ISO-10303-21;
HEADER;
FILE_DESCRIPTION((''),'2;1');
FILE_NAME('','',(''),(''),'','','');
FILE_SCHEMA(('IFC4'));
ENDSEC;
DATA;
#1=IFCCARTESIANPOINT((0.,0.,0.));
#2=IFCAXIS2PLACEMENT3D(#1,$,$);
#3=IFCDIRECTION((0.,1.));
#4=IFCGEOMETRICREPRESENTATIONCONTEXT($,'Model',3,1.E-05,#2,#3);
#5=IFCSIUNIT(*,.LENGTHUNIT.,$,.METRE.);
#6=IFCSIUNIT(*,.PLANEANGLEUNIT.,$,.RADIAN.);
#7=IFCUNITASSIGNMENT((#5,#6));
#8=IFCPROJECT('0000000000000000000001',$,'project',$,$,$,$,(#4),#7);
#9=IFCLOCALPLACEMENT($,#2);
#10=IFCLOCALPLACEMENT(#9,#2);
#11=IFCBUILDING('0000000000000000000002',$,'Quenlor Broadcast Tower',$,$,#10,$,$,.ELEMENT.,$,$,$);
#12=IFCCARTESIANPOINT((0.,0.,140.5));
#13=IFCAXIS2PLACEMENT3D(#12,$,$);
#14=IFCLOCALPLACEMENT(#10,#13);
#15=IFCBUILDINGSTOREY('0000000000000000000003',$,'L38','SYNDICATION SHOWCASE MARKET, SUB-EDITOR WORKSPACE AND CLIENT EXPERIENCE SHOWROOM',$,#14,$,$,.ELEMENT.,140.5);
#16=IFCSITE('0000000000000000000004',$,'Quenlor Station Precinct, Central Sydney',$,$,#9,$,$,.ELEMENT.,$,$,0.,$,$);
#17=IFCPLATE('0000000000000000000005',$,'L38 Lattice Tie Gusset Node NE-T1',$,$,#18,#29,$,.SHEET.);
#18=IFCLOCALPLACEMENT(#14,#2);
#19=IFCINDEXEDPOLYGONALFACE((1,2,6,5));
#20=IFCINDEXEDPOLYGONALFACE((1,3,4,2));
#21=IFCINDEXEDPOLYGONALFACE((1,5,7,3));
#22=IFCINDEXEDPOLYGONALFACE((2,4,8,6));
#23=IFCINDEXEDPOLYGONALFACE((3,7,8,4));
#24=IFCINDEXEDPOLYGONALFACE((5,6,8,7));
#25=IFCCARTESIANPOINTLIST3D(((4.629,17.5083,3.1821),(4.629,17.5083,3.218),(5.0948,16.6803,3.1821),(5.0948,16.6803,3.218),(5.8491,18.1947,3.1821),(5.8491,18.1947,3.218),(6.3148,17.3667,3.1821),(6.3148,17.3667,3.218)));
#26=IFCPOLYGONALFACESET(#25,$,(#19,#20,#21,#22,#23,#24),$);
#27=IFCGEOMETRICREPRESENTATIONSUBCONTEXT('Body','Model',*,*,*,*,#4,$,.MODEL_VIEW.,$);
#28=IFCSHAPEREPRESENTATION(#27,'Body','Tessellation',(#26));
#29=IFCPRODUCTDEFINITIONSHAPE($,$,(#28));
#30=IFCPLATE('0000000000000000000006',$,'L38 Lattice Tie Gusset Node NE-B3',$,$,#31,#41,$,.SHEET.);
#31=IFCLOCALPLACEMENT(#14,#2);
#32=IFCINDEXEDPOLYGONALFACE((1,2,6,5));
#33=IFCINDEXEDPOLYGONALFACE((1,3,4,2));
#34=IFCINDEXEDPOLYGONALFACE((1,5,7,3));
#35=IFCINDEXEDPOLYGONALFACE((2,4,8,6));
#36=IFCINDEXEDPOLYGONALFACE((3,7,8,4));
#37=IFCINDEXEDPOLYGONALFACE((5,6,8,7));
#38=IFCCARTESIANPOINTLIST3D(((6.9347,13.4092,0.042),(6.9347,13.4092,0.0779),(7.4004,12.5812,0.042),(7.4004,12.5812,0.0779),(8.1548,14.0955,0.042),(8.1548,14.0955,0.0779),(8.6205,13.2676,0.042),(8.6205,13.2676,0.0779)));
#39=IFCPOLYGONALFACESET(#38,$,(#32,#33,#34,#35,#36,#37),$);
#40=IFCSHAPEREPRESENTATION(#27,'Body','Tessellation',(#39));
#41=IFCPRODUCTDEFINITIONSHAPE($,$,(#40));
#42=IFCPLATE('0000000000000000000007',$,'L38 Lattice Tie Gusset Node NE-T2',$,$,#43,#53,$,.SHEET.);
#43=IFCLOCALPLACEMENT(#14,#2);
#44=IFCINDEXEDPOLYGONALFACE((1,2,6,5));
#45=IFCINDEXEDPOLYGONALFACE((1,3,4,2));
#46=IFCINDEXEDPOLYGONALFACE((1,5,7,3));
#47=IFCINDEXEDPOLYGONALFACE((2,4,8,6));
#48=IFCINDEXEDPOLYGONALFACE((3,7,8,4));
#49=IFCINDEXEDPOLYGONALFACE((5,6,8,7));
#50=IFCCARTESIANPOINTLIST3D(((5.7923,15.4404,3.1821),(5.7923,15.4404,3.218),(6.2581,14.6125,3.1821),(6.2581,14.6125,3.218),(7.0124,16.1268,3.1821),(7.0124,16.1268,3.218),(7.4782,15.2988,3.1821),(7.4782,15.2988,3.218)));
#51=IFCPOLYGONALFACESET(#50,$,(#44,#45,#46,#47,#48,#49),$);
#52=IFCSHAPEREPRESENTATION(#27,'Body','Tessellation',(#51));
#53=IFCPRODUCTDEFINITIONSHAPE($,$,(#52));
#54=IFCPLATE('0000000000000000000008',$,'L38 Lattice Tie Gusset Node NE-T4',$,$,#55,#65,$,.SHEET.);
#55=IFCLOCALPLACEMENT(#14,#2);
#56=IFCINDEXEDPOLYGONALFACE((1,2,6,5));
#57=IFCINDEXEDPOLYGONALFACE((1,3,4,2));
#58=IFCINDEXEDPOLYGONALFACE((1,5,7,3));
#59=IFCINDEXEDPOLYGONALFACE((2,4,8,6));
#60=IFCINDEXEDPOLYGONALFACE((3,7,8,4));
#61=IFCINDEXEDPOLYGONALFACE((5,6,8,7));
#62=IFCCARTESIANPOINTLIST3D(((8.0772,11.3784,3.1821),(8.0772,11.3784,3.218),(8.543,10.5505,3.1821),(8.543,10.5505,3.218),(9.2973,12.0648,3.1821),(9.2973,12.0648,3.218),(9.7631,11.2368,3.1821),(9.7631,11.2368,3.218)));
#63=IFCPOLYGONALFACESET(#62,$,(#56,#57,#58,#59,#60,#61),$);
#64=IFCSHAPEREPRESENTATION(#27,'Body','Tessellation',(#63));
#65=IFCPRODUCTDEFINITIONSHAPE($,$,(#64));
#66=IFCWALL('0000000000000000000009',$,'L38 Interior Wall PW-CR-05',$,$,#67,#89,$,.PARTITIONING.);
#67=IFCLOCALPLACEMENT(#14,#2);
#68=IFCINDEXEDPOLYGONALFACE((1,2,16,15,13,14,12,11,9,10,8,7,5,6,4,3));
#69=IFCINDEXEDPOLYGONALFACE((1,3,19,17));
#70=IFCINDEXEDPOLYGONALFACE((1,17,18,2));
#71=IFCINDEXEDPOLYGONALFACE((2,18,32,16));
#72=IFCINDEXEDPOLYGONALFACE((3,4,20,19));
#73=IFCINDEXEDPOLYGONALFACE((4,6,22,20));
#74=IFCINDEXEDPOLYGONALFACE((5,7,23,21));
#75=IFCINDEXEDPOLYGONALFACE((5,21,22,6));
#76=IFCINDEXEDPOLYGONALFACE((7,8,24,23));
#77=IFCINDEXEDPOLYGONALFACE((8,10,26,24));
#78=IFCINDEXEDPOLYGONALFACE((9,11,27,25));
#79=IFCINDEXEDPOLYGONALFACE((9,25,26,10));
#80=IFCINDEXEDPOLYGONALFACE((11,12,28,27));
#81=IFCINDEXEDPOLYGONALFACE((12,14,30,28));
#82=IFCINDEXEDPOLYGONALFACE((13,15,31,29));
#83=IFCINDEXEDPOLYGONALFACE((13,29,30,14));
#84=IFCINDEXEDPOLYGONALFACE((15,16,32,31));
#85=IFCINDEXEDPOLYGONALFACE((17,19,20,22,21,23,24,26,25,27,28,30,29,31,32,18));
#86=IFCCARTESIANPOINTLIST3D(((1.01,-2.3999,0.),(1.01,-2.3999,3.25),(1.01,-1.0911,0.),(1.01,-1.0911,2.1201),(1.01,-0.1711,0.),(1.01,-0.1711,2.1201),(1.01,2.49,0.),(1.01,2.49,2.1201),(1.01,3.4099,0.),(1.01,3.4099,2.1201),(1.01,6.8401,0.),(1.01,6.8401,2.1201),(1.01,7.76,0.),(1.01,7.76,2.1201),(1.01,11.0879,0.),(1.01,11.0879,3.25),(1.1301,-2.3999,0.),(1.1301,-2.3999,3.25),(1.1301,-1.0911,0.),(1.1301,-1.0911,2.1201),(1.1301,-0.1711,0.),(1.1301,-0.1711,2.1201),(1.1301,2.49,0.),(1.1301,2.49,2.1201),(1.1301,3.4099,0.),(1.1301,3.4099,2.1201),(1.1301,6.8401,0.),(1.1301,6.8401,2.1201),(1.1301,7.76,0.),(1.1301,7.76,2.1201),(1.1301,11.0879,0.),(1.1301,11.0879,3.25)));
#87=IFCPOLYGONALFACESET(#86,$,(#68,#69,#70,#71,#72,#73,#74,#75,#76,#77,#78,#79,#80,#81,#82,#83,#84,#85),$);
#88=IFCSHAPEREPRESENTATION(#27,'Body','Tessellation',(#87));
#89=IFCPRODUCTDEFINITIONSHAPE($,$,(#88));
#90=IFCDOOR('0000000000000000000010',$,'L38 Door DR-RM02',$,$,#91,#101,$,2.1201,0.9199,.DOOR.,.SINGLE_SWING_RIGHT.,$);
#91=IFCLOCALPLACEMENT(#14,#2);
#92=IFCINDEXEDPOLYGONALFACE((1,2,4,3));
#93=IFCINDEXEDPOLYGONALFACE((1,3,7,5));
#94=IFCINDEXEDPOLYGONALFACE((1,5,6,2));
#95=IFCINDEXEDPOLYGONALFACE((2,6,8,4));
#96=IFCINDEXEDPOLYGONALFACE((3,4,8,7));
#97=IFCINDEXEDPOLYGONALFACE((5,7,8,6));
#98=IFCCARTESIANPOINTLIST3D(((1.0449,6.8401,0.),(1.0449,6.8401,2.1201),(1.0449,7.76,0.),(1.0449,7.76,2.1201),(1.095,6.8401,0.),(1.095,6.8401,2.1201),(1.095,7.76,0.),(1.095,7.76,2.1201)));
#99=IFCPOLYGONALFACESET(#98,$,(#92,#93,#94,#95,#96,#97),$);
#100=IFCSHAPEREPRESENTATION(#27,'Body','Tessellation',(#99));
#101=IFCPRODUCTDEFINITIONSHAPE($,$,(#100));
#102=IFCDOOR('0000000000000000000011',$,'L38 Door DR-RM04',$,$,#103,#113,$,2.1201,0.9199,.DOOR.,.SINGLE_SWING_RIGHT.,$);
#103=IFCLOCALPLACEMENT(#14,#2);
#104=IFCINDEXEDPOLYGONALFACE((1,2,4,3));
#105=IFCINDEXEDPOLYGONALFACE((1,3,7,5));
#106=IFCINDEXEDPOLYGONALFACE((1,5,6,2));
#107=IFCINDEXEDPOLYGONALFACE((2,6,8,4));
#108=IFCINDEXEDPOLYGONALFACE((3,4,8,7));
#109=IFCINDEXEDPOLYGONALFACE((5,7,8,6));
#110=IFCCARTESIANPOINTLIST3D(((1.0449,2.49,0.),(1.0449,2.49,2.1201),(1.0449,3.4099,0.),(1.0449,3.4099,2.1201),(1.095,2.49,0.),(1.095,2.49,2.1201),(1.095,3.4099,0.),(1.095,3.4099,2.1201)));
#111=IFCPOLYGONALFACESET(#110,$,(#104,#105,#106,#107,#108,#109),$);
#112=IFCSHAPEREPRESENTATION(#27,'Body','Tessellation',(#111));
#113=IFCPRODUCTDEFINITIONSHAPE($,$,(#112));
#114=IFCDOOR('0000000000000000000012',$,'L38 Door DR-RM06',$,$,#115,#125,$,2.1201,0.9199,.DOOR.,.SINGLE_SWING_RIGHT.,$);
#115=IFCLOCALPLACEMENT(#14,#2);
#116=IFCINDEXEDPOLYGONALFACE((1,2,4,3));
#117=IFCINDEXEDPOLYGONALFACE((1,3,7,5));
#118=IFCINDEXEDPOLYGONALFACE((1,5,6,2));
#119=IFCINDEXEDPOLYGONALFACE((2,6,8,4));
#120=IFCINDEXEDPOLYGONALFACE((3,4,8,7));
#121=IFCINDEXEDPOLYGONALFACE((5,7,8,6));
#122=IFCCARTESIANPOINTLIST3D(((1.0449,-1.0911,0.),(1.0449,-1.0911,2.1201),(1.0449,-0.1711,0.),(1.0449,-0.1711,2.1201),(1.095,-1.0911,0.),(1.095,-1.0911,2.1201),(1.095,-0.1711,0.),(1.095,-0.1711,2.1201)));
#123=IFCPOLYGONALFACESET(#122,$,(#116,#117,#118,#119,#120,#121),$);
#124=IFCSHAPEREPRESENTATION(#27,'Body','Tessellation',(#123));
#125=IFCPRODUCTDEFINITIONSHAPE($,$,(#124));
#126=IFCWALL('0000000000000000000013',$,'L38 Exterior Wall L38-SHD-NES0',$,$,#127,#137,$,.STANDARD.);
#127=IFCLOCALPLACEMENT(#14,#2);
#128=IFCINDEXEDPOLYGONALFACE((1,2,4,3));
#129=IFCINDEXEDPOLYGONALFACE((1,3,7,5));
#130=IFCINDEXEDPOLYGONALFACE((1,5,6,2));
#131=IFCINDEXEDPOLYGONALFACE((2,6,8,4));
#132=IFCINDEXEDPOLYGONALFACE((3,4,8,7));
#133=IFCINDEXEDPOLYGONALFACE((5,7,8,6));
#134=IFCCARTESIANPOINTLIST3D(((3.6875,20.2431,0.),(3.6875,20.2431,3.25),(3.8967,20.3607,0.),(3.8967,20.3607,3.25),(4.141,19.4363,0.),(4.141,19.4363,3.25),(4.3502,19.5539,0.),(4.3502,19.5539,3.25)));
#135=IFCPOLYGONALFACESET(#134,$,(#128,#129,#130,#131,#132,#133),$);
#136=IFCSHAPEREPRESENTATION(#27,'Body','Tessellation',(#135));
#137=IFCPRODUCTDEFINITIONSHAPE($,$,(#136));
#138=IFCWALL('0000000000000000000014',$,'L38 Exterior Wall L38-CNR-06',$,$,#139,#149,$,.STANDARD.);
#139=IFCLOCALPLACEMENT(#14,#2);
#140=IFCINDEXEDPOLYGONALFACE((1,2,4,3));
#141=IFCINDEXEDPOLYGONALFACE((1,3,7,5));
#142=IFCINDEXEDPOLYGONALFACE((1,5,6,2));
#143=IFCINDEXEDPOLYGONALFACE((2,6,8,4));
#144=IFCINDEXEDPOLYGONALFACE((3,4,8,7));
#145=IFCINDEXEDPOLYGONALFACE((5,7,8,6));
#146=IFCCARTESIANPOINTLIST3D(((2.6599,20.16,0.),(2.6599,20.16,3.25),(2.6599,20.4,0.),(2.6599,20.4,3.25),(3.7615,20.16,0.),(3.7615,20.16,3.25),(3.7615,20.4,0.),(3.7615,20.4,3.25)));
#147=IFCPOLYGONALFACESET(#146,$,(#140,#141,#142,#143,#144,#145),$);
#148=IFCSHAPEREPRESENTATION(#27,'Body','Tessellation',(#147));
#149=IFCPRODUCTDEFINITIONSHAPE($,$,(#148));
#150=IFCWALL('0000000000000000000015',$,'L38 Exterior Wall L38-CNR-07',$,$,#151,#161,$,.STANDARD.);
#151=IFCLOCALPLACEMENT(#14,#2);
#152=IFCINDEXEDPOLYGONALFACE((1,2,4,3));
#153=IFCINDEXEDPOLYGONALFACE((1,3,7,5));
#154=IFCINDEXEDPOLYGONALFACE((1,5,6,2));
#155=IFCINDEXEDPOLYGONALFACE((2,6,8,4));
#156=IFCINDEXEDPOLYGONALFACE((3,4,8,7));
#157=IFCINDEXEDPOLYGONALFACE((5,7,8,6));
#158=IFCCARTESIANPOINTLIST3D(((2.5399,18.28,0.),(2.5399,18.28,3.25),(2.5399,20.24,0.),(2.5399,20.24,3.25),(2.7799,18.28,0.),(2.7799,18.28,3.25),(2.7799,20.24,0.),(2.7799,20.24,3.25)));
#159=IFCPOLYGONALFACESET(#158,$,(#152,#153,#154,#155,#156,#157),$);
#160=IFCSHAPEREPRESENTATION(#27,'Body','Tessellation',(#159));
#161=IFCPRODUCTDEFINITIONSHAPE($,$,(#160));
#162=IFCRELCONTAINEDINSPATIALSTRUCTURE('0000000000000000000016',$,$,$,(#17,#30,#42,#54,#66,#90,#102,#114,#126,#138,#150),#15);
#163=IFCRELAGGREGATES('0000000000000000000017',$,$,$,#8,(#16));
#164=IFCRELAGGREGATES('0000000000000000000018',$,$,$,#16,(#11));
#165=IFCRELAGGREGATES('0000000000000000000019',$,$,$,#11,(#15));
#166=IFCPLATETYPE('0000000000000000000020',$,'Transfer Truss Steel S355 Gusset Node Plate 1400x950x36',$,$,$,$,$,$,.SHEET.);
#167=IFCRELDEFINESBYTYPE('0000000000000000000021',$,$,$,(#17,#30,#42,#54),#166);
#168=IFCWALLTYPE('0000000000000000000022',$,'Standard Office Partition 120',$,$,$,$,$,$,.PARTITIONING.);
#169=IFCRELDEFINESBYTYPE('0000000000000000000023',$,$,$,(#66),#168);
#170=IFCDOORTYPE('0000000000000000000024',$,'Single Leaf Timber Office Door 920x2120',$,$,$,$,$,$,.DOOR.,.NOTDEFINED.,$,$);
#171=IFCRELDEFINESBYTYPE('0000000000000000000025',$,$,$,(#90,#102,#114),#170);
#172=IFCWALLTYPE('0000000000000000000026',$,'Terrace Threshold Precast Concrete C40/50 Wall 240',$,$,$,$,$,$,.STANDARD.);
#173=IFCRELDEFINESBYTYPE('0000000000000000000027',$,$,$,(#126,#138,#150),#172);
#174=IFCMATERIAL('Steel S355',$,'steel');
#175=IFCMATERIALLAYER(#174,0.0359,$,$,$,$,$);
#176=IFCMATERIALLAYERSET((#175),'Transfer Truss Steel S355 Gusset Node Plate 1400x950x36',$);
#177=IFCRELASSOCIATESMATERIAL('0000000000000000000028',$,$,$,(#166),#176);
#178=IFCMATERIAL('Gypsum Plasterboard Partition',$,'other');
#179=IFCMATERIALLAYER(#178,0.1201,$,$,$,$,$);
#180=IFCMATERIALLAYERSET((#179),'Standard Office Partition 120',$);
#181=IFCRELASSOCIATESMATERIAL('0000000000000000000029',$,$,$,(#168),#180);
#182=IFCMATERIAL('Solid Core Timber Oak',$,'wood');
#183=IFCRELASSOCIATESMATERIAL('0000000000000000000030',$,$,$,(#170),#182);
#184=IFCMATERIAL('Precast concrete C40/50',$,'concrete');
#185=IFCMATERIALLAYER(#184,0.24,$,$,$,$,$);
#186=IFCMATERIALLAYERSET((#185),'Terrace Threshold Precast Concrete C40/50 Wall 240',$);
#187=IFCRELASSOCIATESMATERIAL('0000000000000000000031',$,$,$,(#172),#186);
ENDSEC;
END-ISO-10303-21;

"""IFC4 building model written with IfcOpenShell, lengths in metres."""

from ifc_helpers import new_model, si_unit, direction, frame, frame_2d, origin, origin_2d, place, context, subcontext, project, spatial, rectangle, extrude, material, layer, layer_set, type_object, element, fill, save


model = new_model("IFC4")

# Units and contexts
model_context = context("Model", 3, precision=1e-05, world=origin(), true_north=direction((0.0, 1.0)))
body_context = subcontext(model_context, "Body", "Model", "MODEL_VIEW")
ifc_project = project(units=[si_unit("LENGTHUNIT", "METRE"), si_unit("PLANEANGLEUNIT", "RADIAN")], contexts=[model_context])

# Site, building, storey
site_placement = place(None, origin())
site = spatial("IfcSite", under=ifc_project, at=site_placement, Name="Quenlor Station Precinct, Central Sydney", CompositionType="ELEMENT", RefElevation=0.0)
building_placement = place(site_placement, origin())
building = spatial("IfcBuilding", under=site, at=building_placement, Name="Quenlor Broadcast Tower", CompositionType="ELEMENT")
storey_placement = place(building_placement, frame((0.0, 0.0, 140.5)))
storey = spatial("IfcBuildingStorey", under=building, at=storey_placement, Name="L38", Description="SYNDICATION SHOWCASE MARKET, SUB-EDITOR WORKSPACE AND CLIENT EXPERIENCE SHOWROOM", CompositionType="ELEMENT", Elevation=140.5)

# Plates
ifc_material_1 = material(Name="Steel S355", Category="steel")
ifc_layer_1 = layer(ifc_material_1, 0.0359)
ifc_layer_set_1 = layer_set([ifc_layer_1], Name="Transfer Truss Steel S355 Gusset Node Plate 1400x950x36")
plate_type_1 = type_object("IfcPlateType", Name="Transfer Truss Steel S355 Gusset Node Plate 1400x950x36", PredefinedType="SHEET", material=ifc_layer_set_1)
for number, where, z_axis, x_axis, name in (
    (1, (5.4719, 17.4375, 3.1821), (0.0, 0.0, 1.0), (0.871556, 0.490295, 0.0), "L38 Lattice Tie Gusset Node NE-T1"),
    (2, (7.7776, 13.3384, 0.042), (0.0, 0.0, 1.0), (0.871556, 0.490295, 0.0), "L38 Lattice Tie Gusset Node NE-B3"),
    (3, (6.6353, 15.3696, 3.1821), (0.0, 0.0, 1.0), (0.871556, 0.490295, 0.0), "L38 Lattice Tie Gusset Node NE-T2"),
    (4, (8.9202, 11.3076, 3.1821), (0.0, 0.0, 1.0), (0.871556, 0.490295, 0.0), "L38 Lattice Tie Gusset Node NE-T4"),
):
    element("IfcPlate", number, at=place(storey_placement, frame(where, z_axis=z_axis, x_axis=x_axis)), inside=storey, type_object=plate_type_1, Name=name, PredefinedType="SHEET", context=body_context, shape_type="SweptSolid", body=[
        extrude(rectangle(XDim=1.3999, YDim=0.95, at=origin_2d()), origin(), (0.0, 0.0, 1.0), 0.0359),
    ])

# Wall, openings, doors
ifc_material_2 = material(Name="Gypsum Plasterboard Partition", Category="other")
ifc_layer_2 = layer(ifc_material_2, 0.1201)
ifc_layer_set_2 = layer_set([ifc_layer_2], Name="Standard Office Partition 120")
wall_type_1 = type_object("IfcWallType", Name="Standard Office Partition 120", PredefinedType="PARTITIONING", material=ifc_layer_set_2)
wall_1_placement = place(storey_placement, frame((1.0701, 11.0879, 0.0), z_axis=(0.0, 0.0, 1.0), x_axis=(0.0, -1.0, 0.0)))
wall_1 = element("IfcWall", 5, at=wall_1_placement, inside=storey, type_object=wall_type_1, Name="L38 Interior Wall PW-CR-05", PredefinedType="PARTITIONING", context=body_context, shape_type="SweptSolid", body=[
    extrude(rectangle(XDim=13.4878, YDim=0.1201, at=frame_2d((6.7439, 0.0))), origin(), (0.0, 0.0, 1.0), 3.25),
])
opening_1_placement = place(wall_1_placement, frame((3.3279, 0.0, 0.0)))
opening_1 = element("IfcOpeningElement", 6, at=opening_1_placement, cuts=wall_1, PredefinedType="OPENING", context=body_context, shape_type="SweptSolid", body=[
    extrude(rectangle(XDim=0.9199, YDim=2.1201, at=frame_2d((0.46, 1.0601))), frame((0.0, 0.0701, 0.0), z_axis=(0.0, -1.0, 0.0), x_axis=(1.0, 0.0, 0.0)), (0.0, 0.0, 1.0), 0.1401),
])
opening_2_placement = place(wall_1_placement, frame((7.678, 0.0, 0.0)))
opening_2 = element("IfcOpeningElement", 7, at=opening_2_placement, cuts=wall_1, PredefinedType="OPENING", context=body_context, shape_type="SweptSolid", body=[
    extrude(rectangle(XDim=0.9199, YDim=2.1201, at=frame_2d((0.46, 1.0601))), frame((0.0, 0.0701, 0.0), z_axis=(0.0, -1.0, 0.0), x_axis=(1.0, 0.0, 0.0)), (0.0, 0.0, 1.0), 0.1401),
])
opening_3_placement = place(wall_1_placement, frame((11.259, 0.0, 0.0)))
opening_3 = element("IfcOpeningElement", 8, at=opening_3_placement, cuts=wall_1, PredefinedType="OPENING", context=body_context, shape_type="SweptSolid", body=[
    extrude(rectangle(XDim=0.9199, YDim=2.1201, at=frame_2d((0.46, 1.0601))), frame((0.0, 0.0701, 0.0), z_axis=(0.0, -1.0, 0.0), x_axis=(1.0, 0.0, 0.0)), (0.0, 0.0, 1.0), 0.1401),
])
ifc_material_3 = material(Name="Solid Core Timber Oak", Category="wood")
door_type = type_object("IfcDoorType", Name="Single Leaf Timber Office Door 920x2120", OperationType="NOTDEFINED", PredefinedType="DOOR", material=ifc_material_3)
door_1_placement = place(opening_1_placement, origin())
door_1 = element("IfcDoor", 9, at=door_1_placement, inside=storey, type_object=door_type, Name="L38 Door DR-RM02", OperationType="SINGLE_SWING_RIGHT", OverallHeight=2.1201, OverallWidth=0.9199, PredefinedType="DOOR", context=body_context, shape_type="SweptSolid", body=[
    extrude(rectangle(XDim=0.9199, YDim=2.1201, at=frame_2d((0.46, 1.0601))), frame((0.0, 0.0249, 0.0), z_axis=(0.0, -1.0, 0.0), x_axis=(1.0, 0.0, 0.0)), (0.0, 0.0, 1.0), 0.05),
])
fill(opening_1, door_1)
door_2_placement = place(opening_2_placement, origin())
door_2 = element("IfcDoor", 10, at=door_2_placement, inside=storey, type_object=door_type, Name="L38 Door DR-RM04", OperationType="SINGLE_SWING_RIGHT", OverallHeight=2.1201, OverallWidth=0.9199, PredefinedType="DOOR", context=body_context, shape_type="SweptSolid", body=[
    extrude(rectangle(XDim=0.9199, YDim=2.1201, at=frame_2d((0.46, 1.0601))), frame((0.0, 0.0249, 0.0), z_axis=(0.0, -1.0, 0.0), x_axis=(1.0, 0.0, 0.0)), (0.0, 0.0, 1.0), 0.05),
])
fill(opening_2, door_2)
door_3_placement = place(opening_3_placement, origin())
door_3 = element("IfcDoor", 11, at=door_3_placement, inside=storey, type_object=door_type, Name="L38 Door DR-RM06", OperationType="SINGLE_SWING_RIGHT", OverallHeight=2.1201, OverallWidth=0.9199, PredefinedType="DOOR", context=body_context, shape_type="SweptSolid", body=[
    extrude(rectangle(XDim=0.9199, YDim=2.1201, at=frame_2d((0.46, 1.0601))), frame((0.0, 0.0249, 0.0), z_axis=(0.0, -1.0, 0.0), x_axis=(1.0, 0.0, 0.0)), (0.0, 0.0, 1.0), 0.05),
])
fill(opening_3, door_3)

# Walls
ifc_material_4 = material(Name="Precast concrete C40/50", Category="concrete")
ifc_layer_3 = layer(ifc_material_4, 0.24)
ifc_layer_set_3 = layer_set([ifc_layer_3], Name="Terrace Threshold Precast Concrete C40/50 Wall 240")
wall_type_2 = type_object("IfcWallType", Name="Terrace Threshold Precast Concrete C40/50 Wall 240", PredefinedType="STANDARD", material=ifc_layer_set_3)
wall_2_placement = place(storey_placement, frame((3.792, 20.302, 0.0), z_axis=(0.0, 0.0, 1.0), x_axis=(0.490048, -0.871695, 0.0)))
element("IfcWall", 12, at=wall_2_placement, inside=storey, type_object=wall_type_2, Name="L38 Exterior Wall L38-SHD-NES0", PredefinedType="STANDARD", context=body_context, shape_type="SweptSolid", body=[
    extrude(rectangle(XDim=0.9255, YDim=0.24, at=frame_2d((0.4629, 0.0))), origin(), (0.0, 0.0, 1.0), 3.25),
])
wall_3_placement = place(storey_placement, frame((3.7615, 20.28, 0.0), z_axis=(0.0, 0.0, 1.0), x_axis=(-1.0, 0.0, 0.0)))
element("IfcWall", 13, at=wall_3_placement, inside=storey, type_object=wall_type_2, Name="L38 Exterior Wall L38-CNR-06", PredefinedType="STANDARD", context=body_context, shape_type="SweptSolid", body=[
    extrude(rectangle(XDim=1.1016, YDim=0.24, at=frame_2d((0.5508, 0.0))), origin(), (0.0, 0.0, 1.0), 3.25),
])
wall_4_placement = place(storey_placement, frame((2.6599, 20.24, 0.0), z_axis=(0.0, 0.0, 1.0), x_axis=(0.0, -1.0, 0.0)))
element("IfcWall", 14, at=wall_4_placement, inside=storey, type_object=wall_type_2, Name="L38 Exterior Wall L38-CNR-07", PredefinedType="STANDARD", context=body_context, shape_type="SweptSolid", body=[
    extrude(rectangle(XDim=1.96, YDim=0.24, at=frame_2d((0.98, 0.0))), origin(), (0.0, 0.0, 1.0), 3.25),
])

save(model, "model.ifc")
